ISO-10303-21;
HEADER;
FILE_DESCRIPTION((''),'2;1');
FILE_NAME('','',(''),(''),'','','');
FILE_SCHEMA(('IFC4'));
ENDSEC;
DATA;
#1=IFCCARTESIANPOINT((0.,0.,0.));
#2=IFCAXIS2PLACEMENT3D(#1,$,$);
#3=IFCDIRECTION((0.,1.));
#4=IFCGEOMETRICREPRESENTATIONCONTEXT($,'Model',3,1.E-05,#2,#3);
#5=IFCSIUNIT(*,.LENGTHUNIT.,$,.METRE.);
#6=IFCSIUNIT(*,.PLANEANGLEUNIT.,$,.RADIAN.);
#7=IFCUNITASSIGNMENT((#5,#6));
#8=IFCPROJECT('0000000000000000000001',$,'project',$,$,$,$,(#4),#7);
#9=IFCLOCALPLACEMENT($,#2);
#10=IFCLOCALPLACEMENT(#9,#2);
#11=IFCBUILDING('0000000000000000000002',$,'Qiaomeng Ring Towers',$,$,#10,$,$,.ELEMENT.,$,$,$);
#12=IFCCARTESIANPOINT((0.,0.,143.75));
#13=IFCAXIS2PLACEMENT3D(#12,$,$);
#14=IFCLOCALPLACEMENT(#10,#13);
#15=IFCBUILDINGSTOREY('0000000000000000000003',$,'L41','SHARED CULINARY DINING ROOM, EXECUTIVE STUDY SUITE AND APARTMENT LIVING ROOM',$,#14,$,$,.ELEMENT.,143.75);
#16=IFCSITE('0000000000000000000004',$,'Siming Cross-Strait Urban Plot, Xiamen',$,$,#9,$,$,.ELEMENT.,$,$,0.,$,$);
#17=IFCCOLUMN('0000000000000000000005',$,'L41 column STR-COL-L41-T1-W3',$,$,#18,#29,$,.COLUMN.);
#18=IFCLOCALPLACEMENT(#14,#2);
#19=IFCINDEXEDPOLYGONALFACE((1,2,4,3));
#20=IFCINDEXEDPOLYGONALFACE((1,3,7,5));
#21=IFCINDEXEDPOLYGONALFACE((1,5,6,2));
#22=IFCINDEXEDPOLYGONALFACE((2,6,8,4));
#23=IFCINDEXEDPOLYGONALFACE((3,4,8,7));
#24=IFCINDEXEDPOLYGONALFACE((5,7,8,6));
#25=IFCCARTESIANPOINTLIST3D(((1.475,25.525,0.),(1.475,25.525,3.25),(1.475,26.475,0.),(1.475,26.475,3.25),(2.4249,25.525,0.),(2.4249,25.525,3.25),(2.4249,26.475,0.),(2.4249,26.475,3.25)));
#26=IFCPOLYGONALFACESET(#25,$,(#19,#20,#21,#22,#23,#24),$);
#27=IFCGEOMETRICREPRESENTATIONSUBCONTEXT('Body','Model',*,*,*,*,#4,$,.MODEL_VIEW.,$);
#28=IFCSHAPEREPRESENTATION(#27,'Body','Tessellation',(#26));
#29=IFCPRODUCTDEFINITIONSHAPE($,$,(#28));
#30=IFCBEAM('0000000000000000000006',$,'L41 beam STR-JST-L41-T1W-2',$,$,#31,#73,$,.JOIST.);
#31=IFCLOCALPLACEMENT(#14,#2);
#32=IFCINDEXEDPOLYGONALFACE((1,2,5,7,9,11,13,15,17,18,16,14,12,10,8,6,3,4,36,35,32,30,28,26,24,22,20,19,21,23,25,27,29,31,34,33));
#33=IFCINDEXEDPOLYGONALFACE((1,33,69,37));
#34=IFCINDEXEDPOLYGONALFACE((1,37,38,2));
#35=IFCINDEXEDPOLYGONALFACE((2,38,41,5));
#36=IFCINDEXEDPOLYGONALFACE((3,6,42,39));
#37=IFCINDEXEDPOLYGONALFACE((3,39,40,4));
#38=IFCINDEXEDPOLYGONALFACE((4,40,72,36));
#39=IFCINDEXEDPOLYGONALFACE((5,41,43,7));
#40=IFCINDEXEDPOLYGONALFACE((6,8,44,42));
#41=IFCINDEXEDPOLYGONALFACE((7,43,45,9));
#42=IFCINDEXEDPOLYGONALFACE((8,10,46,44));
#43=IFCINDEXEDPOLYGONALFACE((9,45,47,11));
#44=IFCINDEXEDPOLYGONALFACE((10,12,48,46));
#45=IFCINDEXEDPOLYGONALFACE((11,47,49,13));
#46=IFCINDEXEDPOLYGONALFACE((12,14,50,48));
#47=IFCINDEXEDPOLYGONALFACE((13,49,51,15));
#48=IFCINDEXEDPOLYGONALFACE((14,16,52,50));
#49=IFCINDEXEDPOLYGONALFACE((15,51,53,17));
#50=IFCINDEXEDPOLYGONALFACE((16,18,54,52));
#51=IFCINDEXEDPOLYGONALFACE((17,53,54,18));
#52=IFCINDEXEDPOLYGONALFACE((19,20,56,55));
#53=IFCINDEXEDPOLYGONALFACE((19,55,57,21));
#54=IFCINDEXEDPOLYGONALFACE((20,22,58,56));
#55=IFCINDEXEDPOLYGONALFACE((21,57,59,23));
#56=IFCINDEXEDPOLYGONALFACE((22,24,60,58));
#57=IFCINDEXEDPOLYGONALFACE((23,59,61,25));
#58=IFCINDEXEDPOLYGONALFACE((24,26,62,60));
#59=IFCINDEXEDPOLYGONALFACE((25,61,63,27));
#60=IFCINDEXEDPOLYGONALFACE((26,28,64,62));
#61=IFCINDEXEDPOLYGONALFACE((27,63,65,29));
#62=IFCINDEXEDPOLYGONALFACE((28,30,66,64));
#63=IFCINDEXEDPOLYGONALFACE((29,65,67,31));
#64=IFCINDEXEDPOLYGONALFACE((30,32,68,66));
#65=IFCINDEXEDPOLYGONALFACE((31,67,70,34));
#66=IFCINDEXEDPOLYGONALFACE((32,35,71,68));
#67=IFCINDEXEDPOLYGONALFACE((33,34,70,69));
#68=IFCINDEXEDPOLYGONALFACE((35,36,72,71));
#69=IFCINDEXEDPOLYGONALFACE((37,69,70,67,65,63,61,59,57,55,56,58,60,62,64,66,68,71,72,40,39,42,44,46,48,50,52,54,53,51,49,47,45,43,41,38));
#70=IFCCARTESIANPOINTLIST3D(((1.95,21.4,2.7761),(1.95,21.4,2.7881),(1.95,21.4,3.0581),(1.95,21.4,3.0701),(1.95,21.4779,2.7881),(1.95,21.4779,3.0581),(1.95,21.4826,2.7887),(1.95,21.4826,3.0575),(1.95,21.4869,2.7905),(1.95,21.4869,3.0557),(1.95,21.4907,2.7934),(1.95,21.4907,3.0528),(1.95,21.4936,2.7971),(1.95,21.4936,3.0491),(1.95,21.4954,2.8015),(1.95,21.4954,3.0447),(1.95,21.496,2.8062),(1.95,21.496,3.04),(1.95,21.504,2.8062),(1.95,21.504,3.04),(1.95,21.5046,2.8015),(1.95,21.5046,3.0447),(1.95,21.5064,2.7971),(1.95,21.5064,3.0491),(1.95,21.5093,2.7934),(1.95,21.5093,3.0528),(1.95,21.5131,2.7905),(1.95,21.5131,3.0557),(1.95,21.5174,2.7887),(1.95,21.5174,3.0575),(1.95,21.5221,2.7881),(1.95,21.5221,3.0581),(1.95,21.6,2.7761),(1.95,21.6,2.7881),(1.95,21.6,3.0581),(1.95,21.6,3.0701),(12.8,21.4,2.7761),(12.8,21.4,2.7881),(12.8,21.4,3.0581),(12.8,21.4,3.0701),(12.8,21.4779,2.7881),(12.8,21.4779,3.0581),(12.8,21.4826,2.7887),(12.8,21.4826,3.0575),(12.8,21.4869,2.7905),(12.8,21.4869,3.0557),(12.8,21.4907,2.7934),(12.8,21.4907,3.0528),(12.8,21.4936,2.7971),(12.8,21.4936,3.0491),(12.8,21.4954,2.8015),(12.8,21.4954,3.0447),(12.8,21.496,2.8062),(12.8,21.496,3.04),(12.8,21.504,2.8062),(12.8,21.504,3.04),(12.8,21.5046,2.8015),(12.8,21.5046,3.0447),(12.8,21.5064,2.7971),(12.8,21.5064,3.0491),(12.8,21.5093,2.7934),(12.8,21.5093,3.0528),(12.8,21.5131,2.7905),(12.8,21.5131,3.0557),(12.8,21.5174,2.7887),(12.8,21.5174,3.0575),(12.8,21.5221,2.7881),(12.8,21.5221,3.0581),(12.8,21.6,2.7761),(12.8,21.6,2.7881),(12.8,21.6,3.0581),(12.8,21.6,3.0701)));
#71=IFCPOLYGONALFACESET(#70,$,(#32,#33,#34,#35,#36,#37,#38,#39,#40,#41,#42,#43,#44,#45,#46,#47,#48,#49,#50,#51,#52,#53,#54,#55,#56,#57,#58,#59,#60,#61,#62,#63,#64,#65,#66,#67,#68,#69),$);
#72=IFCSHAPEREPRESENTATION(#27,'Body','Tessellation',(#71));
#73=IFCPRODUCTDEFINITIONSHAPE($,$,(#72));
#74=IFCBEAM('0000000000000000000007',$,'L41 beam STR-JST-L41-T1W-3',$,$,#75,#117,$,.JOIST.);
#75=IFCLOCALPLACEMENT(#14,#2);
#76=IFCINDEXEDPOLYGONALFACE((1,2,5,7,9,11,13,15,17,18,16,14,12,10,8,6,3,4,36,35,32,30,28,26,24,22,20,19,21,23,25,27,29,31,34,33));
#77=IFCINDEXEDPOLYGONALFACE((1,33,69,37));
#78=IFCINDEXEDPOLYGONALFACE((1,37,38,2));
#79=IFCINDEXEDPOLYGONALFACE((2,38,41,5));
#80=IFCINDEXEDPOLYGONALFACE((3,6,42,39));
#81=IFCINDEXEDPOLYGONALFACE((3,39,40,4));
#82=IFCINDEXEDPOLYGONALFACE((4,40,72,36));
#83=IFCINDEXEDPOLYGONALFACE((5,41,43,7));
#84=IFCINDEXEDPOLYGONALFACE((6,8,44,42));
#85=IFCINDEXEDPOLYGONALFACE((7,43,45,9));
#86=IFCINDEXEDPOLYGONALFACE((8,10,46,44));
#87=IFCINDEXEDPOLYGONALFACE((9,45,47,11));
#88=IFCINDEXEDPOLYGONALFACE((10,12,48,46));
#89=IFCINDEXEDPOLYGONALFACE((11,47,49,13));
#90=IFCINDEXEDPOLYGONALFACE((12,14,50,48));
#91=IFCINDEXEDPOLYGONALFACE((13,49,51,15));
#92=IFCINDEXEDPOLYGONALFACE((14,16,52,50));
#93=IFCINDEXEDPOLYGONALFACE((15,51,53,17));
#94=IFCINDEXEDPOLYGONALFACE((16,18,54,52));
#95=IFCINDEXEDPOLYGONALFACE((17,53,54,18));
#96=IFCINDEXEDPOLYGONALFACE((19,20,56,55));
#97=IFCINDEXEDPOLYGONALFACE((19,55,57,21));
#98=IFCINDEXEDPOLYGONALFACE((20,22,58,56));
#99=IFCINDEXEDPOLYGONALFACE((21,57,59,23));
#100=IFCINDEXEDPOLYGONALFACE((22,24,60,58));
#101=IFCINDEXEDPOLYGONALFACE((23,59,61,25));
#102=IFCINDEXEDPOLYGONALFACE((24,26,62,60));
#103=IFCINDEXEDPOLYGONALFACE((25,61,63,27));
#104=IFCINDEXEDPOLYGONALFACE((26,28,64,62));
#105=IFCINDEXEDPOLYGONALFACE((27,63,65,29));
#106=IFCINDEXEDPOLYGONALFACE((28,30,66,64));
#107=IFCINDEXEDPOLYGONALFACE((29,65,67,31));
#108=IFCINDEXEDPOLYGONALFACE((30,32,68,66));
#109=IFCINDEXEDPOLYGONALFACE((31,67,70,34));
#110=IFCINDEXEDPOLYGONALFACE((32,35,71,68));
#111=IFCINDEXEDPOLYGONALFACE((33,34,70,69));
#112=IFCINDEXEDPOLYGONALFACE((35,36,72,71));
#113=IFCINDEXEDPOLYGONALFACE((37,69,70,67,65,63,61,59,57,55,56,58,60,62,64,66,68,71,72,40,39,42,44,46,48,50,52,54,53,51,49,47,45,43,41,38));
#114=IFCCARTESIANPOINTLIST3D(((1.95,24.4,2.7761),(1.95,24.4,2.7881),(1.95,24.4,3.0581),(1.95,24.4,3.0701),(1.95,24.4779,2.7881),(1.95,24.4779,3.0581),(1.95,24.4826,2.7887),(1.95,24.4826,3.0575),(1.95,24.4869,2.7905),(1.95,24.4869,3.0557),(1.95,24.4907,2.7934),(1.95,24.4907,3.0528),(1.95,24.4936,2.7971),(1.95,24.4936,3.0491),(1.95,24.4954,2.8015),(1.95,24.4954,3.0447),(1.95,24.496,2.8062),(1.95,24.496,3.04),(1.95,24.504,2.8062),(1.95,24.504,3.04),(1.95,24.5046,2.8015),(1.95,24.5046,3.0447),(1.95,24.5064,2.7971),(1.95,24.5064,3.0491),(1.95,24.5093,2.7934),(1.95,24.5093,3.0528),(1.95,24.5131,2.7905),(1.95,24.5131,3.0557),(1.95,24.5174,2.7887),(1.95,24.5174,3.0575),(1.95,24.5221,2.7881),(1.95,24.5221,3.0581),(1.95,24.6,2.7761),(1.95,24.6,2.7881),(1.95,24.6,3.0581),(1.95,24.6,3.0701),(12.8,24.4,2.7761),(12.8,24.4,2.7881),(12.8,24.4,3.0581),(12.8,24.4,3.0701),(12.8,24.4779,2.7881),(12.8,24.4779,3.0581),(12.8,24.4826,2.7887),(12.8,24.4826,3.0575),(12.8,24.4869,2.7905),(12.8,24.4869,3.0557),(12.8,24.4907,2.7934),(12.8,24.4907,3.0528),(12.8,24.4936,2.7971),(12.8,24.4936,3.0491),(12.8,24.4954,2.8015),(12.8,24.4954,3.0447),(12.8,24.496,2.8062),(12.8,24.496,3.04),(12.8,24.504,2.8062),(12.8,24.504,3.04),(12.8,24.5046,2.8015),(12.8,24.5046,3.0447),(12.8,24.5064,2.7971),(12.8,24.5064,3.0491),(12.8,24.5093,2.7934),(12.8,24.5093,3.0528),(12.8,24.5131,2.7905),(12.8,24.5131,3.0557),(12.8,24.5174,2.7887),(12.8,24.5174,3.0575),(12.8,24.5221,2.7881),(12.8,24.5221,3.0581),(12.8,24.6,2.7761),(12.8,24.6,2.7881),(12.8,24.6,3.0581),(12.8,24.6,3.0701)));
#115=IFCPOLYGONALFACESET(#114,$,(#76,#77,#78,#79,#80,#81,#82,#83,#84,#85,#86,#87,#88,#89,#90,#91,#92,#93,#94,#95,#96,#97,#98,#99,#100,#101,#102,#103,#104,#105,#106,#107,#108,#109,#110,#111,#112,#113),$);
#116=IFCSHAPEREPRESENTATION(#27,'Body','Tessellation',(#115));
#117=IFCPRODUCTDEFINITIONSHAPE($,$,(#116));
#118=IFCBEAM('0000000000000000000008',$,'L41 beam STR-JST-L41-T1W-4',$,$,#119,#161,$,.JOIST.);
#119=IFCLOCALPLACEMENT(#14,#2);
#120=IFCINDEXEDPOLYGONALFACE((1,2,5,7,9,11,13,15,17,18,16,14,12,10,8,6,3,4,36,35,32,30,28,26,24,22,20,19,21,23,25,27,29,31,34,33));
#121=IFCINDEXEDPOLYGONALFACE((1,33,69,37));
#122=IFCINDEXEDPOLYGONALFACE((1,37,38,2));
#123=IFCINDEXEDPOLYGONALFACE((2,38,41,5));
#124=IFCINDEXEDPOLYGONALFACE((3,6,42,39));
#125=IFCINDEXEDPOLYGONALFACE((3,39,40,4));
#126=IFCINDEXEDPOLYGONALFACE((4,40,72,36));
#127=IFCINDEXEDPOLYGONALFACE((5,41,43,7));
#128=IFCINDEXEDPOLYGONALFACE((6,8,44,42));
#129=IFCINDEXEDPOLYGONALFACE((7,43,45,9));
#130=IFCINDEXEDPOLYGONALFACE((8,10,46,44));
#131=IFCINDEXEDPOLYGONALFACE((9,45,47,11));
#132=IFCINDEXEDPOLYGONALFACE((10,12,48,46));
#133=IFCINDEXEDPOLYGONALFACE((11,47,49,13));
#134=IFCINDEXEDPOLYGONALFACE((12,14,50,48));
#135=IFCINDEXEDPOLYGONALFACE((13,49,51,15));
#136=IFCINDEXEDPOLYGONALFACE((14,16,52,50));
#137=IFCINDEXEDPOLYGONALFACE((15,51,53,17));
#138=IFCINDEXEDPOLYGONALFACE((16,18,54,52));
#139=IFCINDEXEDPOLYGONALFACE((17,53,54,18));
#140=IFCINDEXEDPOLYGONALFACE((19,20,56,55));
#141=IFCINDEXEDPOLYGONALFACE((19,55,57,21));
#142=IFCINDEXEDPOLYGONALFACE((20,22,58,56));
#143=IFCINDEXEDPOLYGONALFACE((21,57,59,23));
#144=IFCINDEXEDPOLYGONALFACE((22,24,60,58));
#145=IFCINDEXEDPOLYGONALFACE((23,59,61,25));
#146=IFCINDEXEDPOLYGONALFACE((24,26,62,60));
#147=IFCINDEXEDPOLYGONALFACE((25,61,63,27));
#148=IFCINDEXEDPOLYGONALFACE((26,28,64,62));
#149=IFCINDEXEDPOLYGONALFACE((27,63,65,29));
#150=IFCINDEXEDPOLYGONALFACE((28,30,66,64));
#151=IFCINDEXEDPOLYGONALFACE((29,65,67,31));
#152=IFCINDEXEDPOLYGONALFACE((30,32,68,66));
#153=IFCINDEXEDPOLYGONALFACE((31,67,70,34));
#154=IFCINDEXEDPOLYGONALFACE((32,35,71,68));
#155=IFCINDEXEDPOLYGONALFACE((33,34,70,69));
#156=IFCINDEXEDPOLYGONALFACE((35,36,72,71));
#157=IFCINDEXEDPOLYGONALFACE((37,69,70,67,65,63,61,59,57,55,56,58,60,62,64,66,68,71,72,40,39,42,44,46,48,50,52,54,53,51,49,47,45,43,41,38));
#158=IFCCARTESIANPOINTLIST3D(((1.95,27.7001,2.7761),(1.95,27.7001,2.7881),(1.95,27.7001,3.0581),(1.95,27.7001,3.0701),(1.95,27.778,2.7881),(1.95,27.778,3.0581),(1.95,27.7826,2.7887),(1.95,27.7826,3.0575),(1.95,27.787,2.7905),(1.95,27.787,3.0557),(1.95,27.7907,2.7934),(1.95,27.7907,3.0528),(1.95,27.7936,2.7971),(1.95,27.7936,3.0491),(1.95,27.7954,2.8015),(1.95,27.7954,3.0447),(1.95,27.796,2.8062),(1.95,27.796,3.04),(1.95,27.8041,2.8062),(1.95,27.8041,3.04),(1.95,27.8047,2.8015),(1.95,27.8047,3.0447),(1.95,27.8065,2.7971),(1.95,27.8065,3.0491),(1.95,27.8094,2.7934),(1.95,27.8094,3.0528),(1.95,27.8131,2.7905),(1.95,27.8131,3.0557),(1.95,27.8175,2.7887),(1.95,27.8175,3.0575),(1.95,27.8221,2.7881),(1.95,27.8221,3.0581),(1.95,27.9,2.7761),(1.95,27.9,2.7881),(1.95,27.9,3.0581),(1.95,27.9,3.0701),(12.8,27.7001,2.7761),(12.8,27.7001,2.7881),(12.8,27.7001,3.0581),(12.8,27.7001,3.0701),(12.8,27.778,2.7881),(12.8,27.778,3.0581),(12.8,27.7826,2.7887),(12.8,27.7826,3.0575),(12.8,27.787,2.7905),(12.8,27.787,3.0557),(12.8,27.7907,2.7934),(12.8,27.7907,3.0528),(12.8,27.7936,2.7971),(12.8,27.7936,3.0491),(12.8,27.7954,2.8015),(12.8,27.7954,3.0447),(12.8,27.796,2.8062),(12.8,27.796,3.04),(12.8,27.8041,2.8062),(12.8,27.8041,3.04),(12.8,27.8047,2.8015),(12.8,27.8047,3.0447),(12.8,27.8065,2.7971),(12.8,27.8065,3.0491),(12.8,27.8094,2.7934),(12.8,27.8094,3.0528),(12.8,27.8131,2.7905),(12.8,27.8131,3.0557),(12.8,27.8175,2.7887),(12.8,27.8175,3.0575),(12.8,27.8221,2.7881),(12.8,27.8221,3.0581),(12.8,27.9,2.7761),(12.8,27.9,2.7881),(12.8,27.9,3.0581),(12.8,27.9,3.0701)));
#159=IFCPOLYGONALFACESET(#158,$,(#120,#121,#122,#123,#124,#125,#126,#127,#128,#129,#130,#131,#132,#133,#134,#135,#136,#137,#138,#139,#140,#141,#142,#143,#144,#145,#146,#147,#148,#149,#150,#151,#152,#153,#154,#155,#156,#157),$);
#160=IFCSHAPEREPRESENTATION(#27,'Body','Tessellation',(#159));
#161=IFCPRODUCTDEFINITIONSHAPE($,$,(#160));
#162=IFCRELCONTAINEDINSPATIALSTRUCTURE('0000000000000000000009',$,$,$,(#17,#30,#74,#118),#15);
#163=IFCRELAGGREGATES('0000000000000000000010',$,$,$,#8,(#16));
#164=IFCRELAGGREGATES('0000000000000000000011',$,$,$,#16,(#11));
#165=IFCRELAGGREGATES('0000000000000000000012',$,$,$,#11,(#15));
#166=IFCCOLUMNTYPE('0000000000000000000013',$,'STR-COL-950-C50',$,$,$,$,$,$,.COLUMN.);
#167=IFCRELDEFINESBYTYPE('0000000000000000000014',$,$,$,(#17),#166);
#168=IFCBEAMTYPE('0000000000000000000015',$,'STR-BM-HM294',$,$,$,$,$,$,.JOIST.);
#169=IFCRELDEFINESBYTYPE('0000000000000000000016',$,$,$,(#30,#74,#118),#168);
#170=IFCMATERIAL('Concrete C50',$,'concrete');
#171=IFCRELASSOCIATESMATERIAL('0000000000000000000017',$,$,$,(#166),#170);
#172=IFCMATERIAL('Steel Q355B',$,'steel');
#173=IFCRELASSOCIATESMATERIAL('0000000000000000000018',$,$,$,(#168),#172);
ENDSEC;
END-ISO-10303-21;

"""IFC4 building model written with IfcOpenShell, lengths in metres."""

from ifc_helpers import new_model, si_unit, direction, frame, origin, origin_2d, place, context, subcontext, project, spatial, rectangle, i_section, extrude, source, transform, mapped, material, material_profile, profile_set, type_object, element, save


model = new_model("IFC4")

# Units and contexts
model_context = context("Model", 3, precision=1e-05, world=origin(), true_north=direction((0.0, 1.0)))
body_context = subcontext(model_context, "Body", "Model", "MODEL_VIEW")
ifc_project = project(units=[si_unit("LENGTHUNIT", "METRE"), si_unit("PLANEANGLEUNIT", "RADIAN")], contexts=[model_context])

# Site, building, storey
site_placement = place(None, origin())
site = spatial("IfcSite", under=ifc_project, at=site_placement, Name="Siming Cross-Strait Urban Plot, Xiamen", CompositionType="ELEMENT", RefElevation=0.0)
building_placement = place(site_placement, origin())
building = spatial("IfcBuilding", under=site, at=building_placement, Name="Qiaomeng Ring Towers", CompositionType="ELEMENT")
storey_placement = place(building_placement, frame((0.0, 0.0, 143.75)))
storey = spatial("IfcBuildingStorey", under=building, at=storey_placement, Name="L41", Description="SHARED CULINARY DINING ROOM, EXECUTIVE STUDY SUITE AND APARTMENT LIVING ROOM", CompositionType="ELEMENT", Elevation=143.75)

# Column
ifc_material_1 = material(Name="Concrete C50", Category="concrete")
ifc_material_profile_1 = material_profile(ifc_material_1, rectangle(XDim=0.95, YDim=0.95, at=origin_2d()), Name="RC COL 950x950")
ifc_profile_set_1 = profile_set([ifc_material_profile_1], Name="Concrete C50")
column_type = type_object("IfcColumnType", Name="STR-COL-950-C50", PredefinedType="COLUMN", material=ifc_profile_set_1)
shared_shape_1 = source(origin(), body_context, "Body", "SweptSolid", [
    extrude(rectangle(XDim=0.95, YDim=0.95, at=origin_2d()), origin(), (0.0, 0.0, 1.0), 3.25),
])
column_placement = place(storey_placement, frame((1.95, 26.0, 0.0), z_axis=(0.0, 0.0, 1.0), x_axis=(1.0, 0.0, 0.0)))
element("IfcColumn", 1, at=column_placement, inside=storey, type_object=column_type, Name="L41 column STR-COL-L41-T1-W3", PredefinedType="COLUMN", context=body_context, shape_type="MappedRepresentation", body=[
    mapped(shared_shape_1, transform((0.0, 0.0, 0.0), x_axis=(1.0, 0.0, 0.0), y_axis=(0.0, 1.0, 0.0), z_axis=(0.0, 0.0, 1.0), scale=1.0)),
])

# Beams
ifc_material_2 = material(Name="Steel Q355B", Category="steel")
ifc_material_profile_2 = material_profile(ifc_material_2, i_section(OverallWidth=0.2, OverallDepth=0.2939, WebThickness=0.0081, FlangeThickness=0.012, FilletRadius=0.0181, at=origin_2d()), Name="HM 294x200x8x12")
ifc_profile_set_2 = profile_set([ifc_material_profile_2], Name="Steel Q355B")
beam_type_1 = type_object("IfcBeamType", Name="STR-BM-HM294", PredefinedType="JOIST", material=ifc_profile_set_2)
shared_shape_2 = source(origin(), body_context, "Body", "SweptSolid", [
    extrude(i_section(OverallWidth=0.2, OverallDepth=0.2939, WebThickness=0.0081, FlangeThickness=0.012, FilletRadius=0.0181, at=origin_2d()), origin(), (0.0, 0.0, 1.0), 10.8501),
])
for number, where, z_axis, x_axis, name in (
    (2, (1.95, 21.5, 2.9231), (1.0, 0.0, 0.0), (0.0, 1.0, 0.0), "L41 beam STR-JST-L41-T1W-2"),
    (3, (1.95, 24.5, 2.9231), (1.0, 0.0, 0.0), (0.0, 1.0, 0.0), "L41 beam STR-JST-L41-T1W-3"),
    (4, (1.95, 27.8, 2.9231), (1.0, 0.0, 0.0), (0.0, 1.0, 0.0), "L41 beam STR-JST-L41-T1W-4"),
):
    element("IfcBeam", number, at=place(storey_placement, frame(where, z_axis=z_axis, x_axis=x_axis)), inside=storey, type_object=beam_type_1, Name=name, PredefinedType="JOIST", context=body_context, shape_type="MappedRepresentation", body=[
        mapped(shared_shape_2, transform((0.0, 0.0, 0.0), x_axis=(1.0, 0.0, 0.0), y_axis=(0.0, 1.0, 0.0), z_axis=(0.0, 0.0, 1.0), scale=1.0)),
    ])

save(model, "model.ifc")
